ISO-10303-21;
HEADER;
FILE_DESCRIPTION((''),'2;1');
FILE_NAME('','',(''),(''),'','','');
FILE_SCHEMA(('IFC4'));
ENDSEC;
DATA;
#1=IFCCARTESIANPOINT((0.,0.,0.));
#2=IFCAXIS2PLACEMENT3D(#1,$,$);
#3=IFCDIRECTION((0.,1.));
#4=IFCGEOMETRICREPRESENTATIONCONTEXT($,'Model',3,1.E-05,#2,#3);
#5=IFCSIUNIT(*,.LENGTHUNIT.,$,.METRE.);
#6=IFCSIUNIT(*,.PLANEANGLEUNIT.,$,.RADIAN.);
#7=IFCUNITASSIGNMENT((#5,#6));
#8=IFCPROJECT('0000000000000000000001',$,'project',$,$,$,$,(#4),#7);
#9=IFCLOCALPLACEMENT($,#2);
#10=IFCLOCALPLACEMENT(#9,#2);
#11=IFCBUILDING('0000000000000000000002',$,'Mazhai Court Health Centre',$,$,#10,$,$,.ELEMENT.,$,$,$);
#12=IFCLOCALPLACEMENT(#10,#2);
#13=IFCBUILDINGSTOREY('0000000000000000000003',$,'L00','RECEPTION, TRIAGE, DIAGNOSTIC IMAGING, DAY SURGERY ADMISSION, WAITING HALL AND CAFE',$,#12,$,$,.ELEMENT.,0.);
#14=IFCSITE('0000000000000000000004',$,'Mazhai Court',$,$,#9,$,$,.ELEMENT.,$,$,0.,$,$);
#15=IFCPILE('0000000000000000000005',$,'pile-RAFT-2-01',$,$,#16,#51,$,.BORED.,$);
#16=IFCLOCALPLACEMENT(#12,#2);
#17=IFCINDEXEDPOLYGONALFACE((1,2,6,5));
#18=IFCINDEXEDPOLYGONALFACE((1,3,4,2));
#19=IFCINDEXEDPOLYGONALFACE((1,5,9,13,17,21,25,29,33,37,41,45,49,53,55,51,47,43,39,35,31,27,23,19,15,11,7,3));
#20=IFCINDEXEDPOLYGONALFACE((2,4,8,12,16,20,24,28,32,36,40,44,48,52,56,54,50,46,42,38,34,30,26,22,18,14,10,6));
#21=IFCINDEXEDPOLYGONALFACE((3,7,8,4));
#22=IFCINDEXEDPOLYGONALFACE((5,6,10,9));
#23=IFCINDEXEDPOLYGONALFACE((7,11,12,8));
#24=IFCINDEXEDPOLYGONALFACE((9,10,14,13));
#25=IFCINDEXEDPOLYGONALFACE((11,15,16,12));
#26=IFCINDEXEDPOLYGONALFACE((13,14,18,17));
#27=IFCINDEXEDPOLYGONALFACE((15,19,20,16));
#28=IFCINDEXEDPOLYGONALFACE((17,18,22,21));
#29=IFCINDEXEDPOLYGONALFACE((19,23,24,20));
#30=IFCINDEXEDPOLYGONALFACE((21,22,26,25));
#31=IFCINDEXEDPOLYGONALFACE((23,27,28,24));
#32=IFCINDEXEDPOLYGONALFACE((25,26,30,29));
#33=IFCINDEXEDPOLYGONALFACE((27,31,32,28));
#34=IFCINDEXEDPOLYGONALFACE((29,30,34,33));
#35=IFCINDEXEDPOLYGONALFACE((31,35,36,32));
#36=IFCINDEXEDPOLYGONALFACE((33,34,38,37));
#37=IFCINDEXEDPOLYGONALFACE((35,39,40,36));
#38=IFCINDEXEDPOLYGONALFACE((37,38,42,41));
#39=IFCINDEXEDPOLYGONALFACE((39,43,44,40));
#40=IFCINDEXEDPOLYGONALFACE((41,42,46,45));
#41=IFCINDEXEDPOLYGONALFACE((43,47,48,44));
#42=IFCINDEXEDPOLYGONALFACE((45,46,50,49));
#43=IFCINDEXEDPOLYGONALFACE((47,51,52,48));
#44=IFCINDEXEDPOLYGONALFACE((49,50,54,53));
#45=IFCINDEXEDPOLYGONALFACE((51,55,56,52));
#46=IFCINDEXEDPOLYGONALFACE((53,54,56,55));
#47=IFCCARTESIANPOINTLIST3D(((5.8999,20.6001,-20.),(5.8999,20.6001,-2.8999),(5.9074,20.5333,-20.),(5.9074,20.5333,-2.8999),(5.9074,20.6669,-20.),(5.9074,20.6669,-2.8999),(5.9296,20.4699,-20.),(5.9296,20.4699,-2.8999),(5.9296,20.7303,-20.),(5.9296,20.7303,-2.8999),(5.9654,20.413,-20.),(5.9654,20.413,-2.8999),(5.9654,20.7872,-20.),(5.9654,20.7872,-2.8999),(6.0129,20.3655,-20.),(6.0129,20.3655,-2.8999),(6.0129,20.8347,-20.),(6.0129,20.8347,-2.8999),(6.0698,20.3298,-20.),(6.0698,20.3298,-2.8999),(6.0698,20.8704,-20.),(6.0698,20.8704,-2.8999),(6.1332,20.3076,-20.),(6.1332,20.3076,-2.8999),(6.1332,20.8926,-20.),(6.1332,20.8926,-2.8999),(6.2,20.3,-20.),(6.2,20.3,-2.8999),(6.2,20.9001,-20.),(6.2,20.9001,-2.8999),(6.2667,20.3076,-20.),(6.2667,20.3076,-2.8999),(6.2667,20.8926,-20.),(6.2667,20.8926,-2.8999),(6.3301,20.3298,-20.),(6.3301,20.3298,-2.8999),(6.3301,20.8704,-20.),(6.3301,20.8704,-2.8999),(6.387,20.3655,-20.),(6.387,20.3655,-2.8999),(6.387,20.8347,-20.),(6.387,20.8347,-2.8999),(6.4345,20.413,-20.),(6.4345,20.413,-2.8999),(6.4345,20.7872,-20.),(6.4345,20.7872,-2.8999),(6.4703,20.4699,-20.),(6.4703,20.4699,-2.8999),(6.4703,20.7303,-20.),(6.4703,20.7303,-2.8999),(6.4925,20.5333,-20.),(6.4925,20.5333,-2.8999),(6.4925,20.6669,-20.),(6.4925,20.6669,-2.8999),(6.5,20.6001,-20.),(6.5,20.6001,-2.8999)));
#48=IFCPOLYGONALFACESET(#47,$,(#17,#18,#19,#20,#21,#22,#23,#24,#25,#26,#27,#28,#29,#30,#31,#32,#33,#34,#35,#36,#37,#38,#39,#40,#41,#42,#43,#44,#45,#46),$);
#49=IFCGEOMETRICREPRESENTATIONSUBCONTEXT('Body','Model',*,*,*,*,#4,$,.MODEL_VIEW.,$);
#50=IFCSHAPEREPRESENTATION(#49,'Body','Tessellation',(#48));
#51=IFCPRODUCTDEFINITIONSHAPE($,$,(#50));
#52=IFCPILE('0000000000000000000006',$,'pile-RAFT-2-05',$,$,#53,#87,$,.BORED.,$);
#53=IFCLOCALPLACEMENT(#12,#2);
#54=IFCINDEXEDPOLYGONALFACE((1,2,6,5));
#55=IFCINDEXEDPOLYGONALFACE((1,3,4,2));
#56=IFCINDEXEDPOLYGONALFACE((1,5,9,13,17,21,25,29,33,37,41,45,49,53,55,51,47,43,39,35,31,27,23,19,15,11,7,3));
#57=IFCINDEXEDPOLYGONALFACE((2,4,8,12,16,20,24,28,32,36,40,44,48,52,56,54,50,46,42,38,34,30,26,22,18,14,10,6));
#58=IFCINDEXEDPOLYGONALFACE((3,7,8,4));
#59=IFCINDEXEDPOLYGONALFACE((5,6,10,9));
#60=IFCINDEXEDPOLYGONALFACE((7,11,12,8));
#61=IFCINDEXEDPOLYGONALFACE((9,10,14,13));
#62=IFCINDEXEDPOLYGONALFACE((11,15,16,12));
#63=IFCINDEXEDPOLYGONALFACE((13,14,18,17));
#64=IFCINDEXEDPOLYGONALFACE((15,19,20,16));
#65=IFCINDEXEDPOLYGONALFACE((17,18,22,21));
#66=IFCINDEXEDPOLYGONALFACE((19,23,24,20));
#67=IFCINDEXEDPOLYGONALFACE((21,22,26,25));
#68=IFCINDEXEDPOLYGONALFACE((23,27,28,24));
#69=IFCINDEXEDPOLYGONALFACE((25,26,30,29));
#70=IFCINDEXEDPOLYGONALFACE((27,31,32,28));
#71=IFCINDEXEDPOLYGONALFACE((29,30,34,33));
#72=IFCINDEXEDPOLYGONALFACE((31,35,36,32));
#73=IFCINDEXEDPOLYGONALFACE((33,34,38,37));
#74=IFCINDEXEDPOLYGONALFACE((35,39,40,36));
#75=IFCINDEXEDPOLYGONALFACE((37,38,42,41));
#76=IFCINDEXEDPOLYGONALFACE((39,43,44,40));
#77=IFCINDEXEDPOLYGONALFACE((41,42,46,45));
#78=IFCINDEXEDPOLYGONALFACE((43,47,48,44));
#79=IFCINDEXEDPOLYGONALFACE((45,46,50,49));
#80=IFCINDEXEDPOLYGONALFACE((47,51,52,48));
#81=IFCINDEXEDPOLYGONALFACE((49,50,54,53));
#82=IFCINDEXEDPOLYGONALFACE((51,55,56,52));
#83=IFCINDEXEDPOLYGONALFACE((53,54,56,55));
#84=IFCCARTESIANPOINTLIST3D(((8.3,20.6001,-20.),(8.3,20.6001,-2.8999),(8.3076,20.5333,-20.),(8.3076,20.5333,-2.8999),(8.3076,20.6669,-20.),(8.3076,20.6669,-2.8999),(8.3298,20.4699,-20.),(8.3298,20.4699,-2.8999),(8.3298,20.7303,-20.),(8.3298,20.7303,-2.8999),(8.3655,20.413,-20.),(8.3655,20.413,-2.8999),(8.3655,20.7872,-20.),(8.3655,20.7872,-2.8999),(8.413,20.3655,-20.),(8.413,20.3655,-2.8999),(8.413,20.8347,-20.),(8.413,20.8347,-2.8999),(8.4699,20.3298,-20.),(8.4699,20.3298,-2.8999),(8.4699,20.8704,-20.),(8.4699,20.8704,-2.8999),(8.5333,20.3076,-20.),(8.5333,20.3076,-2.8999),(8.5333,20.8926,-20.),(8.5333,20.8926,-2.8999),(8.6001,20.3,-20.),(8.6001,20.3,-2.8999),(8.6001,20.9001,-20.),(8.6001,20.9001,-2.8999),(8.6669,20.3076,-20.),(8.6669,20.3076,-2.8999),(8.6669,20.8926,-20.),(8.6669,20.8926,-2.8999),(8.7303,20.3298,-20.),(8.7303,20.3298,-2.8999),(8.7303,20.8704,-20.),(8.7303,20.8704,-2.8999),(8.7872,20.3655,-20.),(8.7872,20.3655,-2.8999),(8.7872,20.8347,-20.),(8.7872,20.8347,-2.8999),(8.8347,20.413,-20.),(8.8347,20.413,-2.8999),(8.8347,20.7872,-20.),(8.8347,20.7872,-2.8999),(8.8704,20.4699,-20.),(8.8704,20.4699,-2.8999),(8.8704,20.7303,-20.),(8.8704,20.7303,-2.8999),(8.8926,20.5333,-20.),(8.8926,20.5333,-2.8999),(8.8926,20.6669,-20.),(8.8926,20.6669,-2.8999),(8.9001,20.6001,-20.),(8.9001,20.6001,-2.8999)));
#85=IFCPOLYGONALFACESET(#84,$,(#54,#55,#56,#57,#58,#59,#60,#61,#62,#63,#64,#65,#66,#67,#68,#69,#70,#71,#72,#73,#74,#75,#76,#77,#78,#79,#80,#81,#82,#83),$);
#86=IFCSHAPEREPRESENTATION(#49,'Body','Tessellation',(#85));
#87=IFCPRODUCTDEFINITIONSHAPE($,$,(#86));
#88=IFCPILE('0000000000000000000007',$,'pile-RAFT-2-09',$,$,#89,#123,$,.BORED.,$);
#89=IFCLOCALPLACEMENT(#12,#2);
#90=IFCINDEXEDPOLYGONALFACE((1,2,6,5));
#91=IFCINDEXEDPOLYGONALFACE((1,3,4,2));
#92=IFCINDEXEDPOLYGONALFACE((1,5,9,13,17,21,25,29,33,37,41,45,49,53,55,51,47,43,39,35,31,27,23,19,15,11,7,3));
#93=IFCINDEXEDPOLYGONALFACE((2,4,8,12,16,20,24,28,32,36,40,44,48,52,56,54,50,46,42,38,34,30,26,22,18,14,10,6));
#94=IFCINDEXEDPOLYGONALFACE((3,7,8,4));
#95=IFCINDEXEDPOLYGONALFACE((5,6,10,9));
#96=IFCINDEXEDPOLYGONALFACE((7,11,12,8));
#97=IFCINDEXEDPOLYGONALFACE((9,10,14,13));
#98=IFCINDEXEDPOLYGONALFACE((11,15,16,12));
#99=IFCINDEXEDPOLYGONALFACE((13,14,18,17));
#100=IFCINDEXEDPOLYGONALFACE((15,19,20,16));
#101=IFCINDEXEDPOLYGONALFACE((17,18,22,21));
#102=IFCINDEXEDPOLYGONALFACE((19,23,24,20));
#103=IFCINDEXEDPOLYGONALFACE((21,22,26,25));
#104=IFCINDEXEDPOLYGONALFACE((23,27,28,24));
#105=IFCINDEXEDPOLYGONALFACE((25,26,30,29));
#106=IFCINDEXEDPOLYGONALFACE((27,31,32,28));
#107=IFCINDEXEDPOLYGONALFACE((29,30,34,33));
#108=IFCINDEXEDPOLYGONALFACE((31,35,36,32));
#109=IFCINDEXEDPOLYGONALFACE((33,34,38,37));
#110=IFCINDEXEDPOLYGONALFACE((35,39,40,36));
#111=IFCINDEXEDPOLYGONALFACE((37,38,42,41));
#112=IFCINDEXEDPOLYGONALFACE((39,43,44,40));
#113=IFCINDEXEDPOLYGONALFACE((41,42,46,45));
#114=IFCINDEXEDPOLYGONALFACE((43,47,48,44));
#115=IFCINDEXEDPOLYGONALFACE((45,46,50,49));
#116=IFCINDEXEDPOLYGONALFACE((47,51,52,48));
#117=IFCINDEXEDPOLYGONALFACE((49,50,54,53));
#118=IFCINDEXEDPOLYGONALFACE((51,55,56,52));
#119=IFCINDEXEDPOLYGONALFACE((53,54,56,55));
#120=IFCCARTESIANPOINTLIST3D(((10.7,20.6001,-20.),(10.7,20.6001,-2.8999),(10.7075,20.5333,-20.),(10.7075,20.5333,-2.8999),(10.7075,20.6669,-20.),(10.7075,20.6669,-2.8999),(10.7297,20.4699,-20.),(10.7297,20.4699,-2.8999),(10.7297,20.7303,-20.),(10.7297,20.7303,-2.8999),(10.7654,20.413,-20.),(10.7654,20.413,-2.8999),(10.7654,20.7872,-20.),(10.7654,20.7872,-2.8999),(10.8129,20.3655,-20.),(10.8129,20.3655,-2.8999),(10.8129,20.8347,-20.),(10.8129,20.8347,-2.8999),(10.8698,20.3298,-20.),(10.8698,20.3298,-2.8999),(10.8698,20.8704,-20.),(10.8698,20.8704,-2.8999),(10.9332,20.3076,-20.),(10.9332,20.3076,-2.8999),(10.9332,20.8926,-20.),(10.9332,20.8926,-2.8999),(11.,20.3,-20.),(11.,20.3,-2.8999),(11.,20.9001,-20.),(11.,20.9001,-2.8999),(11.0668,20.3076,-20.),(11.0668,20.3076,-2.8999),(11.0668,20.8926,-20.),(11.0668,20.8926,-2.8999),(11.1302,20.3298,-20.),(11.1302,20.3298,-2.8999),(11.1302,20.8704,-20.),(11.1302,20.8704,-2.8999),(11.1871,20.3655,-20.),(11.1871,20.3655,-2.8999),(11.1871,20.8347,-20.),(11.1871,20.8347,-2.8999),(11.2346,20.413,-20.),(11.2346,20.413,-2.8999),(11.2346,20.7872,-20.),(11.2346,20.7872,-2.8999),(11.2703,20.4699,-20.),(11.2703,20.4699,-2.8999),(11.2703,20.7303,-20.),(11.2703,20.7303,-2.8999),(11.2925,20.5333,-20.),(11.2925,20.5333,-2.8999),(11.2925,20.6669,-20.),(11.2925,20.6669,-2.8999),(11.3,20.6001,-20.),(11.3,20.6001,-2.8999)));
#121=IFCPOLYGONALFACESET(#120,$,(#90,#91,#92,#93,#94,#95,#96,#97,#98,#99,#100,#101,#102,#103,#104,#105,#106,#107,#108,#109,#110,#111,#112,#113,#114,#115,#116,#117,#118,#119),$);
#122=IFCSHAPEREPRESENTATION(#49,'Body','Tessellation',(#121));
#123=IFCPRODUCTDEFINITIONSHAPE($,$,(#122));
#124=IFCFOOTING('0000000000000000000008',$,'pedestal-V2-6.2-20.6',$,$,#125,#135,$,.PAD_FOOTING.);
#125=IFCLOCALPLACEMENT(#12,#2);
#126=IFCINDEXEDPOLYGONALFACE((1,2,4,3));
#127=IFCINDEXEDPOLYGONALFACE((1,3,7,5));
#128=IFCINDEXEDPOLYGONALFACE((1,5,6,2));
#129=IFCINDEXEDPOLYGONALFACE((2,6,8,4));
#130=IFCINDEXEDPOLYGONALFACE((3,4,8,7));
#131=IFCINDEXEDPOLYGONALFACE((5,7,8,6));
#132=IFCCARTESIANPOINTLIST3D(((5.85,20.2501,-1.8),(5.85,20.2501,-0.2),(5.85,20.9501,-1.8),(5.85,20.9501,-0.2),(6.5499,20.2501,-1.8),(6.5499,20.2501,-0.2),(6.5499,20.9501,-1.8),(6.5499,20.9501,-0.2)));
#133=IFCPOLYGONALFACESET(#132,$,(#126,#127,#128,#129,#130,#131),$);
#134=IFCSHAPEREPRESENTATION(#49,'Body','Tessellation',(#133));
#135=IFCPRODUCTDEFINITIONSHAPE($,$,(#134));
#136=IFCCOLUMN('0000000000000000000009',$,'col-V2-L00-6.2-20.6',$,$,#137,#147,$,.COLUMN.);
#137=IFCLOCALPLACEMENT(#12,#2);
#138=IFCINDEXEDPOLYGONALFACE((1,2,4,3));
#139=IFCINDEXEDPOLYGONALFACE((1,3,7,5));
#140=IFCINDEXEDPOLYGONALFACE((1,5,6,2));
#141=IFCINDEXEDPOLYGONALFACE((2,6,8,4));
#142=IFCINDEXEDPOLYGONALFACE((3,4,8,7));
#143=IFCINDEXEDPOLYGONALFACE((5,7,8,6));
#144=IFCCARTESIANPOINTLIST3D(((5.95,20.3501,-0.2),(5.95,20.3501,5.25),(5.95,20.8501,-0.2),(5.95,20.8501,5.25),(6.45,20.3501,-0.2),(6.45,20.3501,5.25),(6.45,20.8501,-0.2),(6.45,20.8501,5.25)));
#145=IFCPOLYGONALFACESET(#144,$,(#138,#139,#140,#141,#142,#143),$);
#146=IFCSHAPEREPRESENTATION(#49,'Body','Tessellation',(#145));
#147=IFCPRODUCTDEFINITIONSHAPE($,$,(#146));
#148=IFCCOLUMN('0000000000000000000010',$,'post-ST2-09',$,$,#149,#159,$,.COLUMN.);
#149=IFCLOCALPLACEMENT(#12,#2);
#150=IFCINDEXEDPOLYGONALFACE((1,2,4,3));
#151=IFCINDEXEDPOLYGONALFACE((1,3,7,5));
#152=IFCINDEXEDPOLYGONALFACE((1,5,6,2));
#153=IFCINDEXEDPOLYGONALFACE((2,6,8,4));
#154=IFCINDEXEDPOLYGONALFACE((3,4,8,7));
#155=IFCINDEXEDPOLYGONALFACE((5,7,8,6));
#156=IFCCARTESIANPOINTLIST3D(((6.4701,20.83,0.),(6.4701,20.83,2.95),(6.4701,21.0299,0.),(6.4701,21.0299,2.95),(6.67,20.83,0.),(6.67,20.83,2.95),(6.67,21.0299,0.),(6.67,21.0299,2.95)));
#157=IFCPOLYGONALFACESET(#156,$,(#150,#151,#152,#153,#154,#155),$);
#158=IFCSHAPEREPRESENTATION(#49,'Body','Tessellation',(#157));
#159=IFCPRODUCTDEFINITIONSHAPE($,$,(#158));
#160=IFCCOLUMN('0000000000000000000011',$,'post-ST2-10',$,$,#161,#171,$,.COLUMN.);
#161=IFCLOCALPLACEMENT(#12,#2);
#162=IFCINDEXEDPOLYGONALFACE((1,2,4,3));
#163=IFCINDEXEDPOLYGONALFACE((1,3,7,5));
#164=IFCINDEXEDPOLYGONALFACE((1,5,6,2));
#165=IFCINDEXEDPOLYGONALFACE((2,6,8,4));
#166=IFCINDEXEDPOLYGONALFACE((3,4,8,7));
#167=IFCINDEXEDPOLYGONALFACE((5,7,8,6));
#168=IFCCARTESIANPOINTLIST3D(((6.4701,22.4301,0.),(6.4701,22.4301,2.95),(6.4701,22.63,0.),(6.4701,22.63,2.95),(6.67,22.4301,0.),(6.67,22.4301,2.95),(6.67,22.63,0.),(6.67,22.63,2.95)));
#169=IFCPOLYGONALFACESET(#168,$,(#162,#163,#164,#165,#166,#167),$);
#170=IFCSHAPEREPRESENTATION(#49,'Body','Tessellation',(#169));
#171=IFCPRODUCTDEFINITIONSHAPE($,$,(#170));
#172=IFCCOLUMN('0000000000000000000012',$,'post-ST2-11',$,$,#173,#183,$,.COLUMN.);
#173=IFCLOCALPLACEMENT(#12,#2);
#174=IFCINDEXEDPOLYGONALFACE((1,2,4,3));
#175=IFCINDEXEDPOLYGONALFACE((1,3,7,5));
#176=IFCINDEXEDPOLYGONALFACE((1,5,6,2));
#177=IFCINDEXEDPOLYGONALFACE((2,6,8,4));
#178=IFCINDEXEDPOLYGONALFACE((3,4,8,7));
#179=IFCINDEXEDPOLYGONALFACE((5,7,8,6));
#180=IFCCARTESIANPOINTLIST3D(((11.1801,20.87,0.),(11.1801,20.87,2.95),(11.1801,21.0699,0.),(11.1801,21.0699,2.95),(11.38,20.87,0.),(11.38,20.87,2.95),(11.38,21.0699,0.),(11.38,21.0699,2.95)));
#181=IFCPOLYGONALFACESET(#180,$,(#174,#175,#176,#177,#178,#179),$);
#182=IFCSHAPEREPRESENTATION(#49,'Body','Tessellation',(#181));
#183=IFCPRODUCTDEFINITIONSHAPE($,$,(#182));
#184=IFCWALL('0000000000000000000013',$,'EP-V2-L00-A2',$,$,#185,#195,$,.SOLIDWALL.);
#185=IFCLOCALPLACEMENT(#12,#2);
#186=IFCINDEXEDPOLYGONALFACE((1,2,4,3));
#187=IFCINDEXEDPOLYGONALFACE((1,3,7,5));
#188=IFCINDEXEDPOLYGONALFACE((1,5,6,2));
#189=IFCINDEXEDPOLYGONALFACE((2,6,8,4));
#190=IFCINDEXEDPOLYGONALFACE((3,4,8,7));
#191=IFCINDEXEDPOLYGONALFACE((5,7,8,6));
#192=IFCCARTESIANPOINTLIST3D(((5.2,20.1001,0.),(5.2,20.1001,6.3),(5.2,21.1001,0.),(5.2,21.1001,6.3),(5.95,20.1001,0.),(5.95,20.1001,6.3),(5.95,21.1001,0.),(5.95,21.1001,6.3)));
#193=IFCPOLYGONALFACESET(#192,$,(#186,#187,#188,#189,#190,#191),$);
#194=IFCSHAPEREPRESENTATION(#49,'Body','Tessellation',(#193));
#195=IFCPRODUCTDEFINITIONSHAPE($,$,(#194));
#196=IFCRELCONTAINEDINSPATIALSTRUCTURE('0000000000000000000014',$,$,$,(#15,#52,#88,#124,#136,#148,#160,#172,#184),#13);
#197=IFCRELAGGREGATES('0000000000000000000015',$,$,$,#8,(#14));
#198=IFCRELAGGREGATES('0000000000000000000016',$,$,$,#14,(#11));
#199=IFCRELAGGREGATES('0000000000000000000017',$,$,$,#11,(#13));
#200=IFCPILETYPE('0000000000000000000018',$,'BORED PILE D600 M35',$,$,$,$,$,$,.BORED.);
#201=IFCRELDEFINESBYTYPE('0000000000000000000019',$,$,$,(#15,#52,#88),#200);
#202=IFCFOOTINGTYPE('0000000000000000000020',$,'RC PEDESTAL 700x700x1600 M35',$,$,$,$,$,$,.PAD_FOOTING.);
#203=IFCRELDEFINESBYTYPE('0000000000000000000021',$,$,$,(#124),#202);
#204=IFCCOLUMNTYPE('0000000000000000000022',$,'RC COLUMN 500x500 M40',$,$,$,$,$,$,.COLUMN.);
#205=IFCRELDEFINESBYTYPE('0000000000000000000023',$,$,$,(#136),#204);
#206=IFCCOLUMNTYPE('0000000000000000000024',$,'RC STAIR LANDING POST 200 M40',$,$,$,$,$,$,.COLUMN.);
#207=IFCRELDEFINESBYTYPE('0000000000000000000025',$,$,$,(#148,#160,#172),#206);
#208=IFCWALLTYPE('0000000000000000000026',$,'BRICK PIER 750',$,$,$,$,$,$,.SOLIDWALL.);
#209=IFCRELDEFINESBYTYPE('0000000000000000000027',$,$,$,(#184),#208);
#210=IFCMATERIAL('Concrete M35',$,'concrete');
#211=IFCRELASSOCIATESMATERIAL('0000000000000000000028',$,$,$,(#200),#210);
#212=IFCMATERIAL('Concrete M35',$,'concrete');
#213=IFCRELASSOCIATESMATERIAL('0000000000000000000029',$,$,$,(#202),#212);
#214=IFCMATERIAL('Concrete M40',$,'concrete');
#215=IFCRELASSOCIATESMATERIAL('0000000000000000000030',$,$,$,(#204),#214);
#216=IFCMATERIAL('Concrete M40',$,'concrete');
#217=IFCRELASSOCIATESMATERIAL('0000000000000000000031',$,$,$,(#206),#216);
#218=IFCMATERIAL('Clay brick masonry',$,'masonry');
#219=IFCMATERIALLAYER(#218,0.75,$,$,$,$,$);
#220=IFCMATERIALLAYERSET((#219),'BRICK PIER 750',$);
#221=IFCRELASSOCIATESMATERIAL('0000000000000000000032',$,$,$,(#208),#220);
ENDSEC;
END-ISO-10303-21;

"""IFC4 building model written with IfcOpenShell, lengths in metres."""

from ifc_helpers import new_model, si_unit, direction, frame, frame_2d, origin, origin_2d, place, context, subcontext, project, spatial, rectangle, circle, extrude, material, layer, layer_set, material_profile, profile_set, type_object, element, save


model = new_model("IFC4")

# Units and contexts
model_context = context("Model", 3, precision=1e-05, world=origin(), true_north=direction((0.0, 1.0)))
body_context = subcontext(model_context, "Body", "Model", "MODEL_VIEW")
ifc_project = project(units=[si_unit("LENGTHUNIT", "METRE"), si_unit("PLANEANGLEUNIT", "RADIAN")], contexts=[model_context])

# Site, building, storey
site_placement = place(None, origin())
site = spatial("IfcSite", under=ifc_project, at=site_placement, Name="Mazhai Court", CompositionType="ELEMENT", RefElevation=0.0)
building_placement = place(site_placement, origin())
building = spatial("IfcBuilding", under=site, at=building_placement, Name="Mazhai Court Health Centre", CompositionType="ELEMENT")
storey_placement = place(building_placement, origin())
storey = spatial("IfcBuildingStorey", under=building, at=storey_placement, Name="L00", Description="RECEPTION, TRIAGE, DIAGNOSTIC IMAGING, DAY SURGERY ADMISSION, WAITING HALL AND CAFE", CompositionType="ELEMENT", Elevation=0.0)

# Piles
ifc_material_1 = material(Name="Concrete M35", Category="concrete")
ifc_material_profile_1 = material_profile(ifc_material_1, circle(Radius=0.3, at=origin_2d()), Name="RC PILE D600")
ifc_profile_set_1 = profile_set([ifc_material_profile_1], Name="Concrete M35")
pile_type = type_object("IfcPileType", Name="BORED PILE D600 M35", PredefinedType="BORED", material=ifc_profile_set_1)
for number, where, z_axis, x_axis, name in (
    (1, (6.2, 20.6001, -2.8999), (0.0, 0.0, -1.0), (1.0, 0.0, 0.0), "pile-RAFT-2-01"),
    (2, (8.6001, 20.6001, -2.8999), (0.0, 0.0, -1.0), (1.0, 0.0, 0.0), "pile-RAFT-2-05"),
    (3, (11.0, 20.6001, -2.8999), (0.0, 0.0, -1.0), (1.0, 0.0, 0.0), "pile-RAFT-2-09"),
):
    element("IfcPile", number, at=place(storey_placement, frame(where, z_axis=z_axis, x_axis=x_axis)), inside=storey, type_object=pile_type, Name=name, PredefinedType="BORED", context=body_context, shape_type="SweptSolid", body=[
        extrude(circle(Radius=0.3, at=origin_2d()), origin(), (0.0, 0.0, 1.0), 17.1001),
    ])

# Footing
ifc_material_2 = material(Name="Concrete M35", Category="concrete")
footing_type = type_object("IfcFootingType", Name="RC PEDESTAL 700x700x1600 M35", PredefinedType="PAD_FOOTING", material=ifc_material_2)
footing_placement = place(storey_placement, frame((6.2, 20.6001, -1.8), z_axis=(0.0, 0.0, 1.0), x_axis=(1.0, 0.0, 0.0)))
element("IfcFooting", 4, at=footing_placement, inside=storey, type_object=footing_type, Name="pedestal-V2-6.2-20.6", PredefinedType="PAD_FOOTING", context=body_context, shape_type="SweptSolid", body=[
    extrude(rectangle(XDim=0.7, YDim=0.7, at=origin_2d()), origin(), (0.0, 0.0, 1.0), 1.6001),
])

# Columns
ifc_material_3 = material(Name="Concrete M40", Category="concrete")
ifc_material_profile_2 = material_profile(ifc_material_3, rectangle(XDim=0.5, YDim=0.5, at=origin_2d()), Name="RC 500x500")
ifc_profile_set_2 = profile_set([ifc_material_profile_2], Name="Concrete M40")
column_type_1 = type_object("IfcColumnType", Name="RC COLUMN 500x500 M40", PredefinedType="COLUMN", material=ifc_profile_set_2)
column_placement = place(storey_placement, frame((6.2, 20.6001, -0.2), z_axis=(0.0, 0.0, 1.0), x_axis=(1.0, 0.0, 0.0)))
element("IfcColumn", 5, at=column_placement, inside=storey, type_object=column_type_1, Name="col-V2-L00-6.2-20.6", PredefinedType="COLUMN", context=body_context, shape_type="SweptSolid", body=[
    extrude(rectangle(XDim=0.5, YDim=0.5, at=origin_2d()), origin(), (0.0, 0.0, 1.0), 5.45),
])
ifc_material_4 = material(Name="Concrete M40", Category="concrete")
ifc_material_profile_3 = material_profile(ifc_material_4, rectangle(XDim=0.2, YDim=0.2, at=origin_2d()), Name="RC 200x200")
ifc_profile_set_3 = profile_set([ifc_material_profile_3], Name="Concrete M40")
column_type_2 = type_object("IfcColumnType", Name="RC STAIR LANDING POST 200 M40", PredefinedType="COLUMN", material=ifc_profile_set_3)
for number, where, z_axis, x_axis, name in (
    (6, (6.5701, 20.9299, 0.0), (0.0, 0.0, 1.0), (1.0, 0.0, 0.0), "post-ST2-09"),
    (7, (6.5701, 22.53, 0.0), (0.0, 0.0, 1.0), (1.0, 0.0, 0.0), "post-ST2-10"),
    (8, (11.28, 20.97, 0.0), (0.0, 0.0, 1.0), (1.0, 0.0, 0.0), "post-ST2-11"),
):
    element("IfcColumn", number, at=place(storey_placement, frame(where, z_axis=z_axis, x_axis=x_axis)), inside=storey, type_object=column_type_2, Name=name, PredefinedType="COLUMN", context=body_context, shape_type="SweptSolid", body=[
        extrude(rectangle(XDim=0.2, YDim=0.2, at=origin_2d()), origin(), (0.0, 0.0, 1.0), 2.95),
    ])

# Wall
ifc_material_5 = material(Name="Clay brick masonry", Category="masonry")
ifc_layer_1 = layer(ifc_material_5, 0.75)
ifc_layer_set_1 = layer_set([ifc_layer_1], Name="BRICK PIER 750")
wall_type_1 = type_object("IfcWallType", Name="BRICK PIER 750", PredefinedType="SOLIDWALL", material=ifc_layer_set_1)
wall_1_placement = place(storey_placement, frame((5.575, 20.1001, 0.0), z_axis=(0.0, 0.0, 1.0), x_axis=(0.0, 1.0, 0.0)))
element("IfcWall", 9, at=wall_1_placement, inside=storey, type_object=wall_type_1, Name="EP-V2-L00-A2", PredefinedType="SOLIDWALL", context=body_context, shape_type="SweptSolid", body=[
    extrude(rectangle(XDim=1.0, YDim=0.75, at=frame_2d((0.5, 0.0))), origin(), (0.0, 0.0, 1.0), 6.3),
])

save(model, "model.ifc")
